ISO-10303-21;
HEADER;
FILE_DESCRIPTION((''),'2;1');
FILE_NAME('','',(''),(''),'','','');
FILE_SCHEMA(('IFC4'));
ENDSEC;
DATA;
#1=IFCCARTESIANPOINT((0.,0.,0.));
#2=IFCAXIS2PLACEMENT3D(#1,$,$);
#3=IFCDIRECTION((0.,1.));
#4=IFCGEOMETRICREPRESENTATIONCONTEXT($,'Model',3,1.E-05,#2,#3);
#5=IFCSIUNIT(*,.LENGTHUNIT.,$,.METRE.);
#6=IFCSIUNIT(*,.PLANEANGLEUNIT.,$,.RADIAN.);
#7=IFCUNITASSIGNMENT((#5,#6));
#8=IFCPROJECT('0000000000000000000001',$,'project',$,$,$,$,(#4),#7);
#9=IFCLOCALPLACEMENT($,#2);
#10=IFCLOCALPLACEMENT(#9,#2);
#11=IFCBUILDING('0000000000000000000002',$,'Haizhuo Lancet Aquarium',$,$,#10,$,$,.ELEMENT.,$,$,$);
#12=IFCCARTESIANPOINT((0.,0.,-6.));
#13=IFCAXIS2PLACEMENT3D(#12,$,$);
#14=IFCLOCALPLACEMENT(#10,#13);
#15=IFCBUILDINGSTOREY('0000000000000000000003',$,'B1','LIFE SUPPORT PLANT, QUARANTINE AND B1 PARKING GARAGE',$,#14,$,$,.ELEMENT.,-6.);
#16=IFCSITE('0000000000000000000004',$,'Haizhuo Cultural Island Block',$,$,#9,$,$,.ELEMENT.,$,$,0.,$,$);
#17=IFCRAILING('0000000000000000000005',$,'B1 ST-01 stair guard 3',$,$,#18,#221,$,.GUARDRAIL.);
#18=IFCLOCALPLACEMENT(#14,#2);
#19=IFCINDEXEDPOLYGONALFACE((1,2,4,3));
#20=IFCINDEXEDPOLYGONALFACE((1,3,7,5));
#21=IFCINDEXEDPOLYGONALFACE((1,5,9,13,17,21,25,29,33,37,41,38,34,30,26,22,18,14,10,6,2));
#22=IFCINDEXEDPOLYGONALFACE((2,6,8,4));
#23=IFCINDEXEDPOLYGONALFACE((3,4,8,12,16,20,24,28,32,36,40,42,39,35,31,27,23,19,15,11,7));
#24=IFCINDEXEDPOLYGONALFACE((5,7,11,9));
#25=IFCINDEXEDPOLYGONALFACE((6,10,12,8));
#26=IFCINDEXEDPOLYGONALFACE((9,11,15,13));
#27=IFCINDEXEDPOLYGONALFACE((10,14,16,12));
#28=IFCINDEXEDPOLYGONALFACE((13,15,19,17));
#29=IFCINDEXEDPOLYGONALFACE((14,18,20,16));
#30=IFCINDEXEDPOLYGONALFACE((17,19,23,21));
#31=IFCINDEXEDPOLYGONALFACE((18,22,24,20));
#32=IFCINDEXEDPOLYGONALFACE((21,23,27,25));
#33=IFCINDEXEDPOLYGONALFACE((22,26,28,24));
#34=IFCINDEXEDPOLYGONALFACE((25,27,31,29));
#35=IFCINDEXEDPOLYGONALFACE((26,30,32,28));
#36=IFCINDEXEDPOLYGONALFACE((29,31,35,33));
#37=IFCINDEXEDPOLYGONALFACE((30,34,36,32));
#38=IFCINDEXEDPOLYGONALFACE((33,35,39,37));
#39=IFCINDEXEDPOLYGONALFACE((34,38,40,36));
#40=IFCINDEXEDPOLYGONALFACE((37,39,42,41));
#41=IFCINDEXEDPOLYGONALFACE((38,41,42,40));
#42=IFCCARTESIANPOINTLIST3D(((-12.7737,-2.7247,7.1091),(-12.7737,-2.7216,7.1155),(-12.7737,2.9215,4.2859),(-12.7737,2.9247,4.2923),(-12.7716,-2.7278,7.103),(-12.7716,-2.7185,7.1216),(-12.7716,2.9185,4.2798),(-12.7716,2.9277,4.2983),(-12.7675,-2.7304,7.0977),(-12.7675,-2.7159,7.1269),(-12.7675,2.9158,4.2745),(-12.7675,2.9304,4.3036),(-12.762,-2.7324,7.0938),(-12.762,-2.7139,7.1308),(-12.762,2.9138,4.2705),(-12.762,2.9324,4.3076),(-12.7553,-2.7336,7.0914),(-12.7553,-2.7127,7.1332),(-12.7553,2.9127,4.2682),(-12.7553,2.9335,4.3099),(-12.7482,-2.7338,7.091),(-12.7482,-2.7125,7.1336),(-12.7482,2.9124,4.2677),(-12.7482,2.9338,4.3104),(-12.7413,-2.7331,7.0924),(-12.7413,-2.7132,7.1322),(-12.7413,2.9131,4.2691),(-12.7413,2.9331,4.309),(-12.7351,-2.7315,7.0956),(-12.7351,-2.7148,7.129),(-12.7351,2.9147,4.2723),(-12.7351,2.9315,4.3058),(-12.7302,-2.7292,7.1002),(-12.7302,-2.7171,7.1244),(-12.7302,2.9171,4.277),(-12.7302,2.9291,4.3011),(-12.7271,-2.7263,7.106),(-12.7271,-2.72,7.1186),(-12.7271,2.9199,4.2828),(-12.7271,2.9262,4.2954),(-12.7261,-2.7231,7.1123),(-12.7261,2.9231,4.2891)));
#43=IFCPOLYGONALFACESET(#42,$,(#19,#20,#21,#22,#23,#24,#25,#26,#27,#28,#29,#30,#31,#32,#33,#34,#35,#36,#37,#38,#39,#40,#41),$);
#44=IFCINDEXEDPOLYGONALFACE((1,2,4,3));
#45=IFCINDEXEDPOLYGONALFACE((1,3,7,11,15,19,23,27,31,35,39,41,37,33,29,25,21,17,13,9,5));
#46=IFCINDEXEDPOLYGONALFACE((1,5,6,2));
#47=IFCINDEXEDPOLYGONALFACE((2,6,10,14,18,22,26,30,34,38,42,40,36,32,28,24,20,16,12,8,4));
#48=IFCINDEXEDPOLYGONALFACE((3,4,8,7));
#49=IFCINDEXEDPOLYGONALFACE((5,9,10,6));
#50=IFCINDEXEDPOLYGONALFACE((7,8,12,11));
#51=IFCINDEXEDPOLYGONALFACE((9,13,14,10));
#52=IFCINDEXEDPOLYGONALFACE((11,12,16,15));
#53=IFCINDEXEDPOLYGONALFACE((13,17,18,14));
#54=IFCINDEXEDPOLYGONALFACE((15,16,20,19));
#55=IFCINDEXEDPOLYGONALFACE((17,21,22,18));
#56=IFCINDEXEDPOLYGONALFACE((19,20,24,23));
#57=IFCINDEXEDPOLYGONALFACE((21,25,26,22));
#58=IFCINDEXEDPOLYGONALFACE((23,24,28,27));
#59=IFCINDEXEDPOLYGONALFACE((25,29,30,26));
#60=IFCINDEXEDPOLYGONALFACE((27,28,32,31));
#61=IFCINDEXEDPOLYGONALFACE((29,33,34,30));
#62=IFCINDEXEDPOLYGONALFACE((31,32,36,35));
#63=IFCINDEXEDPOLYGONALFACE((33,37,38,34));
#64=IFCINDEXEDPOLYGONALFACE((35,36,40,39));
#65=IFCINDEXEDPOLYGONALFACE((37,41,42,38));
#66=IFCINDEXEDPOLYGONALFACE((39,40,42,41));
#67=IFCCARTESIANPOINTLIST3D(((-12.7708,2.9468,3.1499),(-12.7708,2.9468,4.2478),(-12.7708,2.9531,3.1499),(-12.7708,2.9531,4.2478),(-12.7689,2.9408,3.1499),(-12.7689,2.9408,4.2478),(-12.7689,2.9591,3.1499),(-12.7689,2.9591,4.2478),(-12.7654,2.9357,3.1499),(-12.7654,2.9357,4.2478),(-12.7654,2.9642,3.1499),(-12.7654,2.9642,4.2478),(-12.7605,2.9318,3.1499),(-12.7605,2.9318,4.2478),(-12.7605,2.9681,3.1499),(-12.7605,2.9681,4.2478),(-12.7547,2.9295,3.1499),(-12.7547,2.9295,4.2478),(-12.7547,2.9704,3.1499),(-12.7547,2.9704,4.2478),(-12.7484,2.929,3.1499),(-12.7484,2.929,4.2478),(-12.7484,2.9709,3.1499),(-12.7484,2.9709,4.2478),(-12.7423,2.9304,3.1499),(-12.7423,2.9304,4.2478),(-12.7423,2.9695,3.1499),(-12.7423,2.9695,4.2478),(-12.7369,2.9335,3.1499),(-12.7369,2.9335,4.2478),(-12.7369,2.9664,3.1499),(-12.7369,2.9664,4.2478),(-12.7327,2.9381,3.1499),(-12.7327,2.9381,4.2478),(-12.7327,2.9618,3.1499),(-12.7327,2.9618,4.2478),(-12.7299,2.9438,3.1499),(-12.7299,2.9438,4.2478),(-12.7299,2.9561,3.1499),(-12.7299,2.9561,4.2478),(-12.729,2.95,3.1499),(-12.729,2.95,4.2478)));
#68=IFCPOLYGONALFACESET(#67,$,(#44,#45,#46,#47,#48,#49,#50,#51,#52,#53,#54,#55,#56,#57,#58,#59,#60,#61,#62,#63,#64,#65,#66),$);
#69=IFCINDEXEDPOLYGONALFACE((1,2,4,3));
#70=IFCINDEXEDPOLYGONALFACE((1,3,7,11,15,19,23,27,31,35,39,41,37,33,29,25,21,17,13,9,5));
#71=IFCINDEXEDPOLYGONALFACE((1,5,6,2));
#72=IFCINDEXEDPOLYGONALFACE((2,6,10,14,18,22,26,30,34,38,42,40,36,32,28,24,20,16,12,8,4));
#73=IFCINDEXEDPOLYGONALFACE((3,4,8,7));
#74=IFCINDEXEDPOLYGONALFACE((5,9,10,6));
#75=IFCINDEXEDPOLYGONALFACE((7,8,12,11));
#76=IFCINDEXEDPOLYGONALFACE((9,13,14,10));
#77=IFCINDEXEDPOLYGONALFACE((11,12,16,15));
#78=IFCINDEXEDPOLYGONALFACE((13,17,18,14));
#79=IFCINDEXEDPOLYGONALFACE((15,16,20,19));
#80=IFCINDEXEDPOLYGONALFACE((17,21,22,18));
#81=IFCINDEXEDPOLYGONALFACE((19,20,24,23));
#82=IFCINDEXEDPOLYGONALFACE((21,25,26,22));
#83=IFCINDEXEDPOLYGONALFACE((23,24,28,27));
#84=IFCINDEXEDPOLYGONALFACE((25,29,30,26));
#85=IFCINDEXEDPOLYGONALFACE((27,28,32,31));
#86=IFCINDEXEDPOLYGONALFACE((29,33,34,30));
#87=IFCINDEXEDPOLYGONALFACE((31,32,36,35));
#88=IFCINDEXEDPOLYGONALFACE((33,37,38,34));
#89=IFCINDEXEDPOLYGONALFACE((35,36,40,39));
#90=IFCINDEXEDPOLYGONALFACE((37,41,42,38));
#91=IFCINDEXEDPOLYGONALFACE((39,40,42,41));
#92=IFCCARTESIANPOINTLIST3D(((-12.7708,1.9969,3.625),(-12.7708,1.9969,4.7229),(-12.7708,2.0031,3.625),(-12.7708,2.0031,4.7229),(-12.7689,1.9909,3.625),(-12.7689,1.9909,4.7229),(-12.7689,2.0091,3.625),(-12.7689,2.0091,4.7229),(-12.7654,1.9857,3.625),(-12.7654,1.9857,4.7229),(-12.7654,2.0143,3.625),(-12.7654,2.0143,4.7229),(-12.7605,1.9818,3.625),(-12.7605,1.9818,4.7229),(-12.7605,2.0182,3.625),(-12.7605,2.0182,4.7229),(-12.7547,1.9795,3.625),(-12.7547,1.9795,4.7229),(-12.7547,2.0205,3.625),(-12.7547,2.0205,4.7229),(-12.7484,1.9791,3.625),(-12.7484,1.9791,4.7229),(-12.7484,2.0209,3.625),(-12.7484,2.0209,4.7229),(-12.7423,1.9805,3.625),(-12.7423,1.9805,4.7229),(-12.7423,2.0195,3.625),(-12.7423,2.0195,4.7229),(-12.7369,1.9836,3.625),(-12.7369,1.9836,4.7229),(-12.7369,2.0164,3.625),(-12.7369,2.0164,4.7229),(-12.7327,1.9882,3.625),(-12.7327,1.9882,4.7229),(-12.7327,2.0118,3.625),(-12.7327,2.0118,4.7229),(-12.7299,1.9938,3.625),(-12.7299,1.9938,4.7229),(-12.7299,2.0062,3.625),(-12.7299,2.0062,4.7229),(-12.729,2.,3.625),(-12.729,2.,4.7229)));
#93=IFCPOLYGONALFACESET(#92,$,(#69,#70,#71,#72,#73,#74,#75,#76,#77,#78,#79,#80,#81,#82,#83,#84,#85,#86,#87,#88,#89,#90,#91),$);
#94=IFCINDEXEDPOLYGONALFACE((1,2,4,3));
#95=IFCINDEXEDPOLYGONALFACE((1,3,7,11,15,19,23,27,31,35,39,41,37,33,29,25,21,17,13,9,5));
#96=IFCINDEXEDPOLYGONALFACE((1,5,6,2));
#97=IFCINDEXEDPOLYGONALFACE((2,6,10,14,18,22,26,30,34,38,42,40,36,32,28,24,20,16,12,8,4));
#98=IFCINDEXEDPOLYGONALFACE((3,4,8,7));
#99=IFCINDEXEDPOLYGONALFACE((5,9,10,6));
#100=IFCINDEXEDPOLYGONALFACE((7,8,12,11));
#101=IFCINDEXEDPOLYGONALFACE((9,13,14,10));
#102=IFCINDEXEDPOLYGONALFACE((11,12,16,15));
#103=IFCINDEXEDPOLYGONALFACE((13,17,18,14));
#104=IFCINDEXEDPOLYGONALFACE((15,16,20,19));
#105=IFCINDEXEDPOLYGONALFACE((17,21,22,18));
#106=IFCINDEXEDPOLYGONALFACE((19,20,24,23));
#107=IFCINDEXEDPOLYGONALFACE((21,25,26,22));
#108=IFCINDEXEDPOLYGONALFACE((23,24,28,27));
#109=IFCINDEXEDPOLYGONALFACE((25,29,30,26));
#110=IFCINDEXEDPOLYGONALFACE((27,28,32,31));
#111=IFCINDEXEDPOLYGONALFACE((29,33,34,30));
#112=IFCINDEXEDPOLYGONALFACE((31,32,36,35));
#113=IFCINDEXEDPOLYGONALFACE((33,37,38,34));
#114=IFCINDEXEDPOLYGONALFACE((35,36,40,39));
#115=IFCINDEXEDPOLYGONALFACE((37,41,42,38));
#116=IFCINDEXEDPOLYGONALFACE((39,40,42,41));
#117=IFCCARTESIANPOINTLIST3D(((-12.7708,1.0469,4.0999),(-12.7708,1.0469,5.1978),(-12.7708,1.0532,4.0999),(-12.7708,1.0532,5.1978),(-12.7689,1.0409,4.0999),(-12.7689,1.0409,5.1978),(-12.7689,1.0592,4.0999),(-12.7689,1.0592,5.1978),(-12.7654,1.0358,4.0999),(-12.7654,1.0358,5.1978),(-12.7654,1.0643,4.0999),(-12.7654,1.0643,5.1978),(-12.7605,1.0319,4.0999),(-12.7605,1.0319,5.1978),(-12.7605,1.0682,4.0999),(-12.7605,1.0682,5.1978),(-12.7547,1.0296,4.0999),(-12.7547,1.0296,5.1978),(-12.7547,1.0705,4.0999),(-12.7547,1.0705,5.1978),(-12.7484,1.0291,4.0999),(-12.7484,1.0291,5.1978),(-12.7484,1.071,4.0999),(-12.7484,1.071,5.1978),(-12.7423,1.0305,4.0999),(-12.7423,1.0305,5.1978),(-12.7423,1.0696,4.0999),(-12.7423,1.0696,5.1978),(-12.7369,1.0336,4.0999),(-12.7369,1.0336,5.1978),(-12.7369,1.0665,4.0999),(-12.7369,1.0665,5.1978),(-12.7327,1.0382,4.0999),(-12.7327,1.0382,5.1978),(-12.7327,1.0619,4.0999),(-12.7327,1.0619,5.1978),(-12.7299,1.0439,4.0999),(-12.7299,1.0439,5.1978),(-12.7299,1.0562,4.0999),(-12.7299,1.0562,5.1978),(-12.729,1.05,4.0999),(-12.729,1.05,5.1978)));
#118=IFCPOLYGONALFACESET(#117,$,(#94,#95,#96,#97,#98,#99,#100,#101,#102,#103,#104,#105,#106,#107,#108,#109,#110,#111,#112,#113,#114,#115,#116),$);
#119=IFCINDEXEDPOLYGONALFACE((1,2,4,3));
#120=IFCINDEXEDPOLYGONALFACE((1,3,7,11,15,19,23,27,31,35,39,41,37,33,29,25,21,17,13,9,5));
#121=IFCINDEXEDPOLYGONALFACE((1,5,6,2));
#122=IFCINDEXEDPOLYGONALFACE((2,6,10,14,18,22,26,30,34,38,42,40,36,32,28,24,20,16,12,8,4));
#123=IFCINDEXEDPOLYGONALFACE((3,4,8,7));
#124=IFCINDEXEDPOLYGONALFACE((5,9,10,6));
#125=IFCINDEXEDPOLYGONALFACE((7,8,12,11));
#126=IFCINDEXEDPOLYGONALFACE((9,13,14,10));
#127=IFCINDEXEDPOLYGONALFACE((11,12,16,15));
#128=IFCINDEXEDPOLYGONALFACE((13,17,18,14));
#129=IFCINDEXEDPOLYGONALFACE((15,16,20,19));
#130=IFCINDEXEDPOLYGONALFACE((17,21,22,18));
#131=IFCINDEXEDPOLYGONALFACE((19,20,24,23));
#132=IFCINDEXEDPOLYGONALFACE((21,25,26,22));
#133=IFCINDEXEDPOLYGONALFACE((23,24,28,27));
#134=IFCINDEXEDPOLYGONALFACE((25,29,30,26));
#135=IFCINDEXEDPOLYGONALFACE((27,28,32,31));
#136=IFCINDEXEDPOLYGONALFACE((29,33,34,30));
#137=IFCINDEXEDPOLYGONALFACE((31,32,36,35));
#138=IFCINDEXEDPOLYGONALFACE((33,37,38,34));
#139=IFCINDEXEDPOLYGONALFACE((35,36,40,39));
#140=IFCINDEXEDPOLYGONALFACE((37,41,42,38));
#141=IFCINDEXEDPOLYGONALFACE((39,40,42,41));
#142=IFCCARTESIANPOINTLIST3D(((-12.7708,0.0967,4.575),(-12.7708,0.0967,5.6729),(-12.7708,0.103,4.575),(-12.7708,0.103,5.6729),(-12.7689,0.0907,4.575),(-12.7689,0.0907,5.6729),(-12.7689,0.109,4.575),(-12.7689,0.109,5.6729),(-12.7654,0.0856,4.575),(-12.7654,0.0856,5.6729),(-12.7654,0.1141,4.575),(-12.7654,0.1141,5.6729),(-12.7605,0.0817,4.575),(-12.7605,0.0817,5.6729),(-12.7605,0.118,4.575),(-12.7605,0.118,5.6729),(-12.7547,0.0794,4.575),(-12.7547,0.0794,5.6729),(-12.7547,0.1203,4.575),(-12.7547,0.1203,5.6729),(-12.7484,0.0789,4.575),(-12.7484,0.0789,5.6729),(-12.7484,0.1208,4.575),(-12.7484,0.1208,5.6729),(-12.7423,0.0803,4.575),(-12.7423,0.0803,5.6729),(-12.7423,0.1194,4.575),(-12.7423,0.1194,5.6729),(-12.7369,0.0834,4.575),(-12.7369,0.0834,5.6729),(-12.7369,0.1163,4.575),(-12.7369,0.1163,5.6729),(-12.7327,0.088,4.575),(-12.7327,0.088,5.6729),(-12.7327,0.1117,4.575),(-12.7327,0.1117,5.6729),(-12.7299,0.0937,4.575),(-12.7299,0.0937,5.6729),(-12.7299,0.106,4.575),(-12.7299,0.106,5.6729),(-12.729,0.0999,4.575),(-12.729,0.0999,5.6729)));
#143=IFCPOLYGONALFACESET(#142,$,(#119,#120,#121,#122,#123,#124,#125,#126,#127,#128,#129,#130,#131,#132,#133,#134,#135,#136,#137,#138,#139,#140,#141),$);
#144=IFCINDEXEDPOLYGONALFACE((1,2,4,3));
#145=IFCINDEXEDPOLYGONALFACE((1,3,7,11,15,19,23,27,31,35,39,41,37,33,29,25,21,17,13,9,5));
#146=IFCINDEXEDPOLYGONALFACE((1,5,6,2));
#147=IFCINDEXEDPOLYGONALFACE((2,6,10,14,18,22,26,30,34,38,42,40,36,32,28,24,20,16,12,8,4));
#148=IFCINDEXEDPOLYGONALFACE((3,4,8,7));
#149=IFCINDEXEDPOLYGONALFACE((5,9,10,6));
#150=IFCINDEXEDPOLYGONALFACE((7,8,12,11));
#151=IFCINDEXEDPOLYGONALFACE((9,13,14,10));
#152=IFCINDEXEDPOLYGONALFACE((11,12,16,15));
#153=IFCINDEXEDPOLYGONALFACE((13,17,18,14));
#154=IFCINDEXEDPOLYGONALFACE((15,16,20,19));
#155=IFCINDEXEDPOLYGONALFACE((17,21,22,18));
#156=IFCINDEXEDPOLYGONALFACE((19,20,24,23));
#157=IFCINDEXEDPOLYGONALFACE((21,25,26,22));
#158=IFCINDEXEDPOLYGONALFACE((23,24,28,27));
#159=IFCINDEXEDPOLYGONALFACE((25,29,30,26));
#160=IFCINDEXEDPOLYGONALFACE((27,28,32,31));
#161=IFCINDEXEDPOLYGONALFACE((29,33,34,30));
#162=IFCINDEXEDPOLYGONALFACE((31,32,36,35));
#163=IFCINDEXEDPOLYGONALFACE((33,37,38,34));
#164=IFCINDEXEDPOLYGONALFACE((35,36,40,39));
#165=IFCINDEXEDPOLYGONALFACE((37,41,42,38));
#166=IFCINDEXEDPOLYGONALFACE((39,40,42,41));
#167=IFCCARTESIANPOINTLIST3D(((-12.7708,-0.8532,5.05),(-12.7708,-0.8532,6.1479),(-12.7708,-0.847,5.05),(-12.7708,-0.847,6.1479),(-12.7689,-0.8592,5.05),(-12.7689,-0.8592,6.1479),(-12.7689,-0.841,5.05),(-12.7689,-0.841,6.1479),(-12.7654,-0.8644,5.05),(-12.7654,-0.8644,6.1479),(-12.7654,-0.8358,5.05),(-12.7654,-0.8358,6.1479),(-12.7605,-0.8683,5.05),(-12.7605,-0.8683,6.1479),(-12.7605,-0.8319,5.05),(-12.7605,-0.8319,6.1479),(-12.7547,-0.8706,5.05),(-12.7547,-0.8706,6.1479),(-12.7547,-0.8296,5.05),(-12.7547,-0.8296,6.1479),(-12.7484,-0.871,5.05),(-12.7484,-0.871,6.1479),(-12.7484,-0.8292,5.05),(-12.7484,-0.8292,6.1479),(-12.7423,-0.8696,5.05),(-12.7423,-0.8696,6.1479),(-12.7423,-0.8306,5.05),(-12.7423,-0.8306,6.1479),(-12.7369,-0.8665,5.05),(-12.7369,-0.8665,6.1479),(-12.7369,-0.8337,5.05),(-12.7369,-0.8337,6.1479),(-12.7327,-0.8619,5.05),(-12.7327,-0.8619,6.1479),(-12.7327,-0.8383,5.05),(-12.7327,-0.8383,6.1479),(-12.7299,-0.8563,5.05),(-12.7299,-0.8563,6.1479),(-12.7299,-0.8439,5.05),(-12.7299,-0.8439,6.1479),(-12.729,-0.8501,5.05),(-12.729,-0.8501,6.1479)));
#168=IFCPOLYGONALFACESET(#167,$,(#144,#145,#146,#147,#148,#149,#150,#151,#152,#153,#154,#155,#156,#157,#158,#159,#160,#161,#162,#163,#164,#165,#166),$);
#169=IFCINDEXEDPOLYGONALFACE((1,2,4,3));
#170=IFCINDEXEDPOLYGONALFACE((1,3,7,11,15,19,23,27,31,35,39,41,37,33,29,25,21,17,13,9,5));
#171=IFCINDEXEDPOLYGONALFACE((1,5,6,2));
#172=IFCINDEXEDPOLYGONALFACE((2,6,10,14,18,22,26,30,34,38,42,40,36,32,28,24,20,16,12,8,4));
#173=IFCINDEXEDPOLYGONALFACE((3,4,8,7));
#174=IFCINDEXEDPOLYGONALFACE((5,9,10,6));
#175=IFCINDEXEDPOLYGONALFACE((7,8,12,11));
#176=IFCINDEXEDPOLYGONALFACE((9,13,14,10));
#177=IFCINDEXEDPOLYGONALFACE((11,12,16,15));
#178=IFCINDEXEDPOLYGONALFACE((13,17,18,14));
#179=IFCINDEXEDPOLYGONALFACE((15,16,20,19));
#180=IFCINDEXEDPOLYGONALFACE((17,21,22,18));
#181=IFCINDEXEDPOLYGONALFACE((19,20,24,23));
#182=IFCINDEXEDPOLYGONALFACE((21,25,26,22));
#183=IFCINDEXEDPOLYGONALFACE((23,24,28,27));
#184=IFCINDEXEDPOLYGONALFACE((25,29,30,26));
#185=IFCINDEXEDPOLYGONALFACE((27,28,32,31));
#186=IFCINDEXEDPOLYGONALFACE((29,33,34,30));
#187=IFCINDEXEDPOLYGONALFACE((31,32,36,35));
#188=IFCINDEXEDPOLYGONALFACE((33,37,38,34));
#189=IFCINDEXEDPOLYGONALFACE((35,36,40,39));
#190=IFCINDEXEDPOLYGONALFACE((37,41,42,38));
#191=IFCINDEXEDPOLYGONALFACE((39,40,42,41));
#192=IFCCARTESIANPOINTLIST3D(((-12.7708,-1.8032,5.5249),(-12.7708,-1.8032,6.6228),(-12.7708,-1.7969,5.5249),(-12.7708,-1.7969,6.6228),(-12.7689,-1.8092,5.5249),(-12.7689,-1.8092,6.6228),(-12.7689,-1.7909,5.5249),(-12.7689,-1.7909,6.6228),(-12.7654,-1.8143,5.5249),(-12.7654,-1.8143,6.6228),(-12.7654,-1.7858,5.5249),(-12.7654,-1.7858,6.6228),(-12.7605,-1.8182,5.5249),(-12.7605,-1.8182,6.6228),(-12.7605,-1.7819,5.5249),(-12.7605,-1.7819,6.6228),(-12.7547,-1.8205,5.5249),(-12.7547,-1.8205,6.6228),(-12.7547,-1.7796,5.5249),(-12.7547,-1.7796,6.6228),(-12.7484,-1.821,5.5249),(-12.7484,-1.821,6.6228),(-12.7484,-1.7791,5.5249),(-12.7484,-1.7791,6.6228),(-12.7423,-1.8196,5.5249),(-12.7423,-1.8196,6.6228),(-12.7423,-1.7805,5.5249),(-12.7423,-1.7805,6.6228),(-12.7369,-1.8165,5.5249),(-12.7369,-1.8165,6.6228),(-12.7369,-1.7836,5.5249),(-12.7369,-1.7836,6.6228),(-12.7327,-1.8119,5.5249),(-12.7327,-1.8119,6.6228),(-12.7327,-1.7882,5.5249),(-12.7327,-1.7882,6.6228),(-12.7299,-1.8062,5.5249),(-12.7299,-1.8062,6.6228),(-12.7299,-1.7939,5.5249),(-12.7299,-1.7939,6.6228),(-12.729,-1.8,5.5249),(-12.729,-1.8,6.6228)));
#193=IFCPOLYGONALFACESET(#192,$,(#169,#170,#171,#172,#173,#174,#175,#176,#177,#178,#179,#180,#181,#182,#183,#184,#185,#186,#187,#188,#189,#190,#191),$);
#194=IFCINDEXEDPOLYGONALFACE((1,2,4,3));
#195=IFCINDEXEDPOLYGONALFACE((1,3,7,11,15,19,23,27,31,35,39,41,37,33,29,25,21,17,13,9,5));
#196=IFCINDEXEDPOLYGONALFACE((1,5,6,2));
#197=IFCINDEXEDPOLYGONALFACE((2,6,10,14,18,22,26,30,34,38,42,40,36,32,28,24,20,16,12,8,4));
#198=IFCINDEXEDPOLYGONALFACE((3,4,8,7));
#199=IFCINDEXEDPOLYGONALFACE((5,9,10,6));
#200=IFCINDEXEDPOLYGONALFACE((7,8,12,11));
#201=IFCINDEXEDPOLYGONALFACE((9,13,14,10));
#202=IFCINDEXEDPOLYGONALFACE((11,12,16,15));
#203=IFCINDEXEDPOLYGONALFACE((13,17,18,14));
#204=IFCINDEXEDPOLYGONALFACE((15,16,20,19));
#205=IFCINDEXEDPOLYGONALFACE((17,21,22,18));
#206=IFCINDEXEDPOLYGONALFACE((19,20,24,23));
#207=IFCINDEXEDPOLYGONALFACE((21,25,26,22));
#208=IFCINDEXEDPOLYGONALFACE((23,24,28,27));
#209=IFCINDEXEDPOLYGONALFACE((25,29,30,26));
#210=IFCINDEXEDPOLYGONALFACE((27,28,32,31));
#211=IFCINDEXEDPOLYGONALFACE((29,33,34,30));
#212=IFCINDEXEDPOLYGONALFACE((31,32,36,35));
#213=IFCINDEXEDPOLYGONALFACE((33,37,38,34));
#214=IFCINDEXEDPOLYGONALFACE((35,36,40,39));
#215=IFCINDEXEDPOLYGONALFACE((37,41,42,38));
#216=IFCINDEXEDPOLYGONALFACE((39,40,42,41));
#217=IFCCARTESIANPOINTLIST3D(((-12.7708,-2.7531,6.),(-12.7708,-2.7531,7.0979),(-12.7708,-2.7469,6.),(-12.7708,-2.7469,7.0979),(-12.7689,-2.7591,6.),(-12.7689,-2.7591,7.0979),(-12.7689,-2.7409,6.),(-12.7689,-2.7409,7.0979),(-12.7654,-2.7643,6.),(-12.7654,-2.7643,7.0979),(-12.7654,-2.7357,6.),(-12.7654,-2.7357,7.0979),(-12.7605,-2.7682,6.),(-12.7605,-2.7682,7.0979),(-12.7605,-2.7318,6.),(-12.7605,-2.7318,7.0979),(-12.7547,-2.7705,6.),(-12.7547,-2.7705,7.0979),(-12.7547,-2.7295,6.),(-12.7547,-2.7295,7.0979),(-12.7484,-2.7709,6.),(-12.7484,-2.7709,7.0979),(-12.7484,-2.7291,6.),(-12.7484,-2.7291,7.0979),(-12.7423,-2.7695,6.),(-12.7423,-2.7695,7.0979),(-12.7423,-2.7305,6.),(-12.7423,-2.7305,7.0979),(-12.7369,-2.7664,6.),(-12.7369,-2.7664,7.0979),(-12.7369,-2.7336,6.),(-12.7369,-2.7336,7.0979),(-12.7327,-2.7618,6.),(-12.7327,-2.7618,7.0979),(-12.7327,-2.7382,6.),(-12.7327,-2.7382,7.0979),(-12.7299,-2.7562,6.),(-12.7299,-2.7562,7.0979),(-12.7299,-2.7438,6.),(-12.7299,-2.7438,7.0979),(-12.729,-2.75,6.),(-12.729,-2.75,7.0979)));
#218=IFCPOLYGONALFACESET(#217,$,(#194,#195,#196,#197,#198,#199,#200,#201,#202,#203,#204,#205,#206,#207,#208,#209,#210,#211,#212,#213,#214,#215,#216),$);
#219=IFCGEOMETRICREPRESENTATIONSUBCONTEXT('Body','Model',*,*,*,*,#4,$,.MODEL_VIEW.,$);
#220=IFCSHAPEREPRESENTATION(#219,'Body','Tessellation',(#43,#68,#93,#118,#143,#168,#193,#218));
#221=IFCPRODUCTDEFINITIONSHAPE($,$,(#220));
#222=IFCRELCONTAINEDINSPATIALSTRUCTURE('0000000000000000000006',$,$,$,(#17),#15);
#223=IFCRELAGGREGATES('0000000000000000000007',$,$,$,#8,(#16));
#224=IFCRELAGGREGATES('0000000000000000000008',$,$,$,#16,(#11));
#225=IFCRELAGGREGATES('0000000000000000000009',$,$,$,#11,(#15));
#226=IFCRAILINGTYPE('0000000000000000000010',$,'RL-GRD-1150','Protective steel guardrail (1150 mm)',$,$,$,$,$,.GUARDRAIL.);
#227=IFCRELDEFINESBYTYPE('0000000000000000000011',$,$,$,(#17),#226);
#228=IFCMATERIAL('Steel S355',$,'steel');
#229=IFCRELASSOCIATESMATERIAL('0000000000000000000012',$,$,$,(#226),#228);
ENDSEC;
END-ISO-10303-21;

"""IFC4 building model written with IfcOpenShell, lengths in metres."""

from ifc_helpers import new_model, si_unit, direction, frame, origin, origin_2d, place, context, subcontext, project, spatial, circle, extrude, material, type_object, element, save


model = new_model("IFC4")

# Units and contexts
model_context = context("Model", 3, precision=1e-05, world=origin(), true_north=direction((0.0, 1.0)))
body_context = subcontext(model_context, "Body", "Model", "MODEL_VIEW")
ifc_project = project(units=[si_unit("LENGTHUNIT", "METRE"), si_unit("PLANEANGLEUNIT", "RADIAN")], contexts=[model_context])

# Site, building, storey
site_placement = place(None, origin())
site = spatial("IfcSite", under=ifc_project, at=site_placement, Name="Haizhuo Cultural Island Block", CompositionType="ELEMENT", RefElevation=0.0)
building_placement = place(site_placement, origin())
building = spatial("IfcBuilding", under=site, at=building_placement, Name="Haizhuo Lancet Aquarium", CompositionType="ELEMENT")
storey_placement = place(building_placement, frame((0.0, 0.0, -6.0)))
storey = spatial("IfcBuildingStorey", under=building, at=storey_placement, Name="B1", Description="LIFE SUPPORT PLANT, QUARANTINE AND B1 PARKING GARAGE", CompositionType="ELEMENT", Elevation=-6.0)

# Shared definitions
ifc_material_1 = material(Name="Steel S355", Category="steel")

# Railing
railing_type_1 = type_object("IfcRailingType", Name="RL-GRD-1150", Description="Protective steel guardrail (1150 mm)", PredefinedType="GUARDRAIL", material=ifc_material_1)
railing_1_placement = place(storey_placement, frame((-12.75, 2.95, 3.1499)))
element("IfcRailing", 1, at=railing_1_placement, inside=storey, type_object=railing_type_1, Name="B1 ST-01 stair guard 3", PredefinedType="GUARDRAIL", context=body_context, shape_type="SweptSolid", body=[
    extrude(circle(Radius=0.0239, at=origin_2d()), frame((0.0, -0.0269, 1.1392), z_axis=(0.0, -0.89442, 0.447229), x_axis=(1.0, 0.0, 0.0)), (0.0, 0.0, 1.0), 6.3127),
    extrude(circle(Radius=0.021, at=origin_2d()), origin(), (0.0, 0.0, 1.0), 1.0979),
    extrude(circle(Radius=0.021, at=origin_2d()), frame((0.0, -0.95, 0.4751)), (0.0, 0.0, 1.0), 1.0979),
    extrude(circle(Radius=0.021, at=origin_2d()), frame((0.0, -1.8999, 0.95)), (0.0, 0.0, 1.0), 1.0979),
    extrude(circle(Radius=0.021, at=origin_2d()), frame((0.0, -2.8501, 1.425)), (0.0, 0.0, 1.0), 1.0979),
    extrude(circle(Radius=0.021, at=origin_2d()), frame((0.0, -3.8, 1.9001)), (0.0, 0.0, 1.0), 1.0979),
    extrude(circle(Radius=0.021, at=origin_2d()), frame((0.0, -4.75, 2.375)), (0.0, 0.0, 1.0), 1.0979),
    extrude(circle(Radius=0.021, at=origin_2d()), frame((0.0, -5.7, 2.8501)), (0.0, 0.0, 1.0), 1.0979),
])

save(model, "model.ifc")
